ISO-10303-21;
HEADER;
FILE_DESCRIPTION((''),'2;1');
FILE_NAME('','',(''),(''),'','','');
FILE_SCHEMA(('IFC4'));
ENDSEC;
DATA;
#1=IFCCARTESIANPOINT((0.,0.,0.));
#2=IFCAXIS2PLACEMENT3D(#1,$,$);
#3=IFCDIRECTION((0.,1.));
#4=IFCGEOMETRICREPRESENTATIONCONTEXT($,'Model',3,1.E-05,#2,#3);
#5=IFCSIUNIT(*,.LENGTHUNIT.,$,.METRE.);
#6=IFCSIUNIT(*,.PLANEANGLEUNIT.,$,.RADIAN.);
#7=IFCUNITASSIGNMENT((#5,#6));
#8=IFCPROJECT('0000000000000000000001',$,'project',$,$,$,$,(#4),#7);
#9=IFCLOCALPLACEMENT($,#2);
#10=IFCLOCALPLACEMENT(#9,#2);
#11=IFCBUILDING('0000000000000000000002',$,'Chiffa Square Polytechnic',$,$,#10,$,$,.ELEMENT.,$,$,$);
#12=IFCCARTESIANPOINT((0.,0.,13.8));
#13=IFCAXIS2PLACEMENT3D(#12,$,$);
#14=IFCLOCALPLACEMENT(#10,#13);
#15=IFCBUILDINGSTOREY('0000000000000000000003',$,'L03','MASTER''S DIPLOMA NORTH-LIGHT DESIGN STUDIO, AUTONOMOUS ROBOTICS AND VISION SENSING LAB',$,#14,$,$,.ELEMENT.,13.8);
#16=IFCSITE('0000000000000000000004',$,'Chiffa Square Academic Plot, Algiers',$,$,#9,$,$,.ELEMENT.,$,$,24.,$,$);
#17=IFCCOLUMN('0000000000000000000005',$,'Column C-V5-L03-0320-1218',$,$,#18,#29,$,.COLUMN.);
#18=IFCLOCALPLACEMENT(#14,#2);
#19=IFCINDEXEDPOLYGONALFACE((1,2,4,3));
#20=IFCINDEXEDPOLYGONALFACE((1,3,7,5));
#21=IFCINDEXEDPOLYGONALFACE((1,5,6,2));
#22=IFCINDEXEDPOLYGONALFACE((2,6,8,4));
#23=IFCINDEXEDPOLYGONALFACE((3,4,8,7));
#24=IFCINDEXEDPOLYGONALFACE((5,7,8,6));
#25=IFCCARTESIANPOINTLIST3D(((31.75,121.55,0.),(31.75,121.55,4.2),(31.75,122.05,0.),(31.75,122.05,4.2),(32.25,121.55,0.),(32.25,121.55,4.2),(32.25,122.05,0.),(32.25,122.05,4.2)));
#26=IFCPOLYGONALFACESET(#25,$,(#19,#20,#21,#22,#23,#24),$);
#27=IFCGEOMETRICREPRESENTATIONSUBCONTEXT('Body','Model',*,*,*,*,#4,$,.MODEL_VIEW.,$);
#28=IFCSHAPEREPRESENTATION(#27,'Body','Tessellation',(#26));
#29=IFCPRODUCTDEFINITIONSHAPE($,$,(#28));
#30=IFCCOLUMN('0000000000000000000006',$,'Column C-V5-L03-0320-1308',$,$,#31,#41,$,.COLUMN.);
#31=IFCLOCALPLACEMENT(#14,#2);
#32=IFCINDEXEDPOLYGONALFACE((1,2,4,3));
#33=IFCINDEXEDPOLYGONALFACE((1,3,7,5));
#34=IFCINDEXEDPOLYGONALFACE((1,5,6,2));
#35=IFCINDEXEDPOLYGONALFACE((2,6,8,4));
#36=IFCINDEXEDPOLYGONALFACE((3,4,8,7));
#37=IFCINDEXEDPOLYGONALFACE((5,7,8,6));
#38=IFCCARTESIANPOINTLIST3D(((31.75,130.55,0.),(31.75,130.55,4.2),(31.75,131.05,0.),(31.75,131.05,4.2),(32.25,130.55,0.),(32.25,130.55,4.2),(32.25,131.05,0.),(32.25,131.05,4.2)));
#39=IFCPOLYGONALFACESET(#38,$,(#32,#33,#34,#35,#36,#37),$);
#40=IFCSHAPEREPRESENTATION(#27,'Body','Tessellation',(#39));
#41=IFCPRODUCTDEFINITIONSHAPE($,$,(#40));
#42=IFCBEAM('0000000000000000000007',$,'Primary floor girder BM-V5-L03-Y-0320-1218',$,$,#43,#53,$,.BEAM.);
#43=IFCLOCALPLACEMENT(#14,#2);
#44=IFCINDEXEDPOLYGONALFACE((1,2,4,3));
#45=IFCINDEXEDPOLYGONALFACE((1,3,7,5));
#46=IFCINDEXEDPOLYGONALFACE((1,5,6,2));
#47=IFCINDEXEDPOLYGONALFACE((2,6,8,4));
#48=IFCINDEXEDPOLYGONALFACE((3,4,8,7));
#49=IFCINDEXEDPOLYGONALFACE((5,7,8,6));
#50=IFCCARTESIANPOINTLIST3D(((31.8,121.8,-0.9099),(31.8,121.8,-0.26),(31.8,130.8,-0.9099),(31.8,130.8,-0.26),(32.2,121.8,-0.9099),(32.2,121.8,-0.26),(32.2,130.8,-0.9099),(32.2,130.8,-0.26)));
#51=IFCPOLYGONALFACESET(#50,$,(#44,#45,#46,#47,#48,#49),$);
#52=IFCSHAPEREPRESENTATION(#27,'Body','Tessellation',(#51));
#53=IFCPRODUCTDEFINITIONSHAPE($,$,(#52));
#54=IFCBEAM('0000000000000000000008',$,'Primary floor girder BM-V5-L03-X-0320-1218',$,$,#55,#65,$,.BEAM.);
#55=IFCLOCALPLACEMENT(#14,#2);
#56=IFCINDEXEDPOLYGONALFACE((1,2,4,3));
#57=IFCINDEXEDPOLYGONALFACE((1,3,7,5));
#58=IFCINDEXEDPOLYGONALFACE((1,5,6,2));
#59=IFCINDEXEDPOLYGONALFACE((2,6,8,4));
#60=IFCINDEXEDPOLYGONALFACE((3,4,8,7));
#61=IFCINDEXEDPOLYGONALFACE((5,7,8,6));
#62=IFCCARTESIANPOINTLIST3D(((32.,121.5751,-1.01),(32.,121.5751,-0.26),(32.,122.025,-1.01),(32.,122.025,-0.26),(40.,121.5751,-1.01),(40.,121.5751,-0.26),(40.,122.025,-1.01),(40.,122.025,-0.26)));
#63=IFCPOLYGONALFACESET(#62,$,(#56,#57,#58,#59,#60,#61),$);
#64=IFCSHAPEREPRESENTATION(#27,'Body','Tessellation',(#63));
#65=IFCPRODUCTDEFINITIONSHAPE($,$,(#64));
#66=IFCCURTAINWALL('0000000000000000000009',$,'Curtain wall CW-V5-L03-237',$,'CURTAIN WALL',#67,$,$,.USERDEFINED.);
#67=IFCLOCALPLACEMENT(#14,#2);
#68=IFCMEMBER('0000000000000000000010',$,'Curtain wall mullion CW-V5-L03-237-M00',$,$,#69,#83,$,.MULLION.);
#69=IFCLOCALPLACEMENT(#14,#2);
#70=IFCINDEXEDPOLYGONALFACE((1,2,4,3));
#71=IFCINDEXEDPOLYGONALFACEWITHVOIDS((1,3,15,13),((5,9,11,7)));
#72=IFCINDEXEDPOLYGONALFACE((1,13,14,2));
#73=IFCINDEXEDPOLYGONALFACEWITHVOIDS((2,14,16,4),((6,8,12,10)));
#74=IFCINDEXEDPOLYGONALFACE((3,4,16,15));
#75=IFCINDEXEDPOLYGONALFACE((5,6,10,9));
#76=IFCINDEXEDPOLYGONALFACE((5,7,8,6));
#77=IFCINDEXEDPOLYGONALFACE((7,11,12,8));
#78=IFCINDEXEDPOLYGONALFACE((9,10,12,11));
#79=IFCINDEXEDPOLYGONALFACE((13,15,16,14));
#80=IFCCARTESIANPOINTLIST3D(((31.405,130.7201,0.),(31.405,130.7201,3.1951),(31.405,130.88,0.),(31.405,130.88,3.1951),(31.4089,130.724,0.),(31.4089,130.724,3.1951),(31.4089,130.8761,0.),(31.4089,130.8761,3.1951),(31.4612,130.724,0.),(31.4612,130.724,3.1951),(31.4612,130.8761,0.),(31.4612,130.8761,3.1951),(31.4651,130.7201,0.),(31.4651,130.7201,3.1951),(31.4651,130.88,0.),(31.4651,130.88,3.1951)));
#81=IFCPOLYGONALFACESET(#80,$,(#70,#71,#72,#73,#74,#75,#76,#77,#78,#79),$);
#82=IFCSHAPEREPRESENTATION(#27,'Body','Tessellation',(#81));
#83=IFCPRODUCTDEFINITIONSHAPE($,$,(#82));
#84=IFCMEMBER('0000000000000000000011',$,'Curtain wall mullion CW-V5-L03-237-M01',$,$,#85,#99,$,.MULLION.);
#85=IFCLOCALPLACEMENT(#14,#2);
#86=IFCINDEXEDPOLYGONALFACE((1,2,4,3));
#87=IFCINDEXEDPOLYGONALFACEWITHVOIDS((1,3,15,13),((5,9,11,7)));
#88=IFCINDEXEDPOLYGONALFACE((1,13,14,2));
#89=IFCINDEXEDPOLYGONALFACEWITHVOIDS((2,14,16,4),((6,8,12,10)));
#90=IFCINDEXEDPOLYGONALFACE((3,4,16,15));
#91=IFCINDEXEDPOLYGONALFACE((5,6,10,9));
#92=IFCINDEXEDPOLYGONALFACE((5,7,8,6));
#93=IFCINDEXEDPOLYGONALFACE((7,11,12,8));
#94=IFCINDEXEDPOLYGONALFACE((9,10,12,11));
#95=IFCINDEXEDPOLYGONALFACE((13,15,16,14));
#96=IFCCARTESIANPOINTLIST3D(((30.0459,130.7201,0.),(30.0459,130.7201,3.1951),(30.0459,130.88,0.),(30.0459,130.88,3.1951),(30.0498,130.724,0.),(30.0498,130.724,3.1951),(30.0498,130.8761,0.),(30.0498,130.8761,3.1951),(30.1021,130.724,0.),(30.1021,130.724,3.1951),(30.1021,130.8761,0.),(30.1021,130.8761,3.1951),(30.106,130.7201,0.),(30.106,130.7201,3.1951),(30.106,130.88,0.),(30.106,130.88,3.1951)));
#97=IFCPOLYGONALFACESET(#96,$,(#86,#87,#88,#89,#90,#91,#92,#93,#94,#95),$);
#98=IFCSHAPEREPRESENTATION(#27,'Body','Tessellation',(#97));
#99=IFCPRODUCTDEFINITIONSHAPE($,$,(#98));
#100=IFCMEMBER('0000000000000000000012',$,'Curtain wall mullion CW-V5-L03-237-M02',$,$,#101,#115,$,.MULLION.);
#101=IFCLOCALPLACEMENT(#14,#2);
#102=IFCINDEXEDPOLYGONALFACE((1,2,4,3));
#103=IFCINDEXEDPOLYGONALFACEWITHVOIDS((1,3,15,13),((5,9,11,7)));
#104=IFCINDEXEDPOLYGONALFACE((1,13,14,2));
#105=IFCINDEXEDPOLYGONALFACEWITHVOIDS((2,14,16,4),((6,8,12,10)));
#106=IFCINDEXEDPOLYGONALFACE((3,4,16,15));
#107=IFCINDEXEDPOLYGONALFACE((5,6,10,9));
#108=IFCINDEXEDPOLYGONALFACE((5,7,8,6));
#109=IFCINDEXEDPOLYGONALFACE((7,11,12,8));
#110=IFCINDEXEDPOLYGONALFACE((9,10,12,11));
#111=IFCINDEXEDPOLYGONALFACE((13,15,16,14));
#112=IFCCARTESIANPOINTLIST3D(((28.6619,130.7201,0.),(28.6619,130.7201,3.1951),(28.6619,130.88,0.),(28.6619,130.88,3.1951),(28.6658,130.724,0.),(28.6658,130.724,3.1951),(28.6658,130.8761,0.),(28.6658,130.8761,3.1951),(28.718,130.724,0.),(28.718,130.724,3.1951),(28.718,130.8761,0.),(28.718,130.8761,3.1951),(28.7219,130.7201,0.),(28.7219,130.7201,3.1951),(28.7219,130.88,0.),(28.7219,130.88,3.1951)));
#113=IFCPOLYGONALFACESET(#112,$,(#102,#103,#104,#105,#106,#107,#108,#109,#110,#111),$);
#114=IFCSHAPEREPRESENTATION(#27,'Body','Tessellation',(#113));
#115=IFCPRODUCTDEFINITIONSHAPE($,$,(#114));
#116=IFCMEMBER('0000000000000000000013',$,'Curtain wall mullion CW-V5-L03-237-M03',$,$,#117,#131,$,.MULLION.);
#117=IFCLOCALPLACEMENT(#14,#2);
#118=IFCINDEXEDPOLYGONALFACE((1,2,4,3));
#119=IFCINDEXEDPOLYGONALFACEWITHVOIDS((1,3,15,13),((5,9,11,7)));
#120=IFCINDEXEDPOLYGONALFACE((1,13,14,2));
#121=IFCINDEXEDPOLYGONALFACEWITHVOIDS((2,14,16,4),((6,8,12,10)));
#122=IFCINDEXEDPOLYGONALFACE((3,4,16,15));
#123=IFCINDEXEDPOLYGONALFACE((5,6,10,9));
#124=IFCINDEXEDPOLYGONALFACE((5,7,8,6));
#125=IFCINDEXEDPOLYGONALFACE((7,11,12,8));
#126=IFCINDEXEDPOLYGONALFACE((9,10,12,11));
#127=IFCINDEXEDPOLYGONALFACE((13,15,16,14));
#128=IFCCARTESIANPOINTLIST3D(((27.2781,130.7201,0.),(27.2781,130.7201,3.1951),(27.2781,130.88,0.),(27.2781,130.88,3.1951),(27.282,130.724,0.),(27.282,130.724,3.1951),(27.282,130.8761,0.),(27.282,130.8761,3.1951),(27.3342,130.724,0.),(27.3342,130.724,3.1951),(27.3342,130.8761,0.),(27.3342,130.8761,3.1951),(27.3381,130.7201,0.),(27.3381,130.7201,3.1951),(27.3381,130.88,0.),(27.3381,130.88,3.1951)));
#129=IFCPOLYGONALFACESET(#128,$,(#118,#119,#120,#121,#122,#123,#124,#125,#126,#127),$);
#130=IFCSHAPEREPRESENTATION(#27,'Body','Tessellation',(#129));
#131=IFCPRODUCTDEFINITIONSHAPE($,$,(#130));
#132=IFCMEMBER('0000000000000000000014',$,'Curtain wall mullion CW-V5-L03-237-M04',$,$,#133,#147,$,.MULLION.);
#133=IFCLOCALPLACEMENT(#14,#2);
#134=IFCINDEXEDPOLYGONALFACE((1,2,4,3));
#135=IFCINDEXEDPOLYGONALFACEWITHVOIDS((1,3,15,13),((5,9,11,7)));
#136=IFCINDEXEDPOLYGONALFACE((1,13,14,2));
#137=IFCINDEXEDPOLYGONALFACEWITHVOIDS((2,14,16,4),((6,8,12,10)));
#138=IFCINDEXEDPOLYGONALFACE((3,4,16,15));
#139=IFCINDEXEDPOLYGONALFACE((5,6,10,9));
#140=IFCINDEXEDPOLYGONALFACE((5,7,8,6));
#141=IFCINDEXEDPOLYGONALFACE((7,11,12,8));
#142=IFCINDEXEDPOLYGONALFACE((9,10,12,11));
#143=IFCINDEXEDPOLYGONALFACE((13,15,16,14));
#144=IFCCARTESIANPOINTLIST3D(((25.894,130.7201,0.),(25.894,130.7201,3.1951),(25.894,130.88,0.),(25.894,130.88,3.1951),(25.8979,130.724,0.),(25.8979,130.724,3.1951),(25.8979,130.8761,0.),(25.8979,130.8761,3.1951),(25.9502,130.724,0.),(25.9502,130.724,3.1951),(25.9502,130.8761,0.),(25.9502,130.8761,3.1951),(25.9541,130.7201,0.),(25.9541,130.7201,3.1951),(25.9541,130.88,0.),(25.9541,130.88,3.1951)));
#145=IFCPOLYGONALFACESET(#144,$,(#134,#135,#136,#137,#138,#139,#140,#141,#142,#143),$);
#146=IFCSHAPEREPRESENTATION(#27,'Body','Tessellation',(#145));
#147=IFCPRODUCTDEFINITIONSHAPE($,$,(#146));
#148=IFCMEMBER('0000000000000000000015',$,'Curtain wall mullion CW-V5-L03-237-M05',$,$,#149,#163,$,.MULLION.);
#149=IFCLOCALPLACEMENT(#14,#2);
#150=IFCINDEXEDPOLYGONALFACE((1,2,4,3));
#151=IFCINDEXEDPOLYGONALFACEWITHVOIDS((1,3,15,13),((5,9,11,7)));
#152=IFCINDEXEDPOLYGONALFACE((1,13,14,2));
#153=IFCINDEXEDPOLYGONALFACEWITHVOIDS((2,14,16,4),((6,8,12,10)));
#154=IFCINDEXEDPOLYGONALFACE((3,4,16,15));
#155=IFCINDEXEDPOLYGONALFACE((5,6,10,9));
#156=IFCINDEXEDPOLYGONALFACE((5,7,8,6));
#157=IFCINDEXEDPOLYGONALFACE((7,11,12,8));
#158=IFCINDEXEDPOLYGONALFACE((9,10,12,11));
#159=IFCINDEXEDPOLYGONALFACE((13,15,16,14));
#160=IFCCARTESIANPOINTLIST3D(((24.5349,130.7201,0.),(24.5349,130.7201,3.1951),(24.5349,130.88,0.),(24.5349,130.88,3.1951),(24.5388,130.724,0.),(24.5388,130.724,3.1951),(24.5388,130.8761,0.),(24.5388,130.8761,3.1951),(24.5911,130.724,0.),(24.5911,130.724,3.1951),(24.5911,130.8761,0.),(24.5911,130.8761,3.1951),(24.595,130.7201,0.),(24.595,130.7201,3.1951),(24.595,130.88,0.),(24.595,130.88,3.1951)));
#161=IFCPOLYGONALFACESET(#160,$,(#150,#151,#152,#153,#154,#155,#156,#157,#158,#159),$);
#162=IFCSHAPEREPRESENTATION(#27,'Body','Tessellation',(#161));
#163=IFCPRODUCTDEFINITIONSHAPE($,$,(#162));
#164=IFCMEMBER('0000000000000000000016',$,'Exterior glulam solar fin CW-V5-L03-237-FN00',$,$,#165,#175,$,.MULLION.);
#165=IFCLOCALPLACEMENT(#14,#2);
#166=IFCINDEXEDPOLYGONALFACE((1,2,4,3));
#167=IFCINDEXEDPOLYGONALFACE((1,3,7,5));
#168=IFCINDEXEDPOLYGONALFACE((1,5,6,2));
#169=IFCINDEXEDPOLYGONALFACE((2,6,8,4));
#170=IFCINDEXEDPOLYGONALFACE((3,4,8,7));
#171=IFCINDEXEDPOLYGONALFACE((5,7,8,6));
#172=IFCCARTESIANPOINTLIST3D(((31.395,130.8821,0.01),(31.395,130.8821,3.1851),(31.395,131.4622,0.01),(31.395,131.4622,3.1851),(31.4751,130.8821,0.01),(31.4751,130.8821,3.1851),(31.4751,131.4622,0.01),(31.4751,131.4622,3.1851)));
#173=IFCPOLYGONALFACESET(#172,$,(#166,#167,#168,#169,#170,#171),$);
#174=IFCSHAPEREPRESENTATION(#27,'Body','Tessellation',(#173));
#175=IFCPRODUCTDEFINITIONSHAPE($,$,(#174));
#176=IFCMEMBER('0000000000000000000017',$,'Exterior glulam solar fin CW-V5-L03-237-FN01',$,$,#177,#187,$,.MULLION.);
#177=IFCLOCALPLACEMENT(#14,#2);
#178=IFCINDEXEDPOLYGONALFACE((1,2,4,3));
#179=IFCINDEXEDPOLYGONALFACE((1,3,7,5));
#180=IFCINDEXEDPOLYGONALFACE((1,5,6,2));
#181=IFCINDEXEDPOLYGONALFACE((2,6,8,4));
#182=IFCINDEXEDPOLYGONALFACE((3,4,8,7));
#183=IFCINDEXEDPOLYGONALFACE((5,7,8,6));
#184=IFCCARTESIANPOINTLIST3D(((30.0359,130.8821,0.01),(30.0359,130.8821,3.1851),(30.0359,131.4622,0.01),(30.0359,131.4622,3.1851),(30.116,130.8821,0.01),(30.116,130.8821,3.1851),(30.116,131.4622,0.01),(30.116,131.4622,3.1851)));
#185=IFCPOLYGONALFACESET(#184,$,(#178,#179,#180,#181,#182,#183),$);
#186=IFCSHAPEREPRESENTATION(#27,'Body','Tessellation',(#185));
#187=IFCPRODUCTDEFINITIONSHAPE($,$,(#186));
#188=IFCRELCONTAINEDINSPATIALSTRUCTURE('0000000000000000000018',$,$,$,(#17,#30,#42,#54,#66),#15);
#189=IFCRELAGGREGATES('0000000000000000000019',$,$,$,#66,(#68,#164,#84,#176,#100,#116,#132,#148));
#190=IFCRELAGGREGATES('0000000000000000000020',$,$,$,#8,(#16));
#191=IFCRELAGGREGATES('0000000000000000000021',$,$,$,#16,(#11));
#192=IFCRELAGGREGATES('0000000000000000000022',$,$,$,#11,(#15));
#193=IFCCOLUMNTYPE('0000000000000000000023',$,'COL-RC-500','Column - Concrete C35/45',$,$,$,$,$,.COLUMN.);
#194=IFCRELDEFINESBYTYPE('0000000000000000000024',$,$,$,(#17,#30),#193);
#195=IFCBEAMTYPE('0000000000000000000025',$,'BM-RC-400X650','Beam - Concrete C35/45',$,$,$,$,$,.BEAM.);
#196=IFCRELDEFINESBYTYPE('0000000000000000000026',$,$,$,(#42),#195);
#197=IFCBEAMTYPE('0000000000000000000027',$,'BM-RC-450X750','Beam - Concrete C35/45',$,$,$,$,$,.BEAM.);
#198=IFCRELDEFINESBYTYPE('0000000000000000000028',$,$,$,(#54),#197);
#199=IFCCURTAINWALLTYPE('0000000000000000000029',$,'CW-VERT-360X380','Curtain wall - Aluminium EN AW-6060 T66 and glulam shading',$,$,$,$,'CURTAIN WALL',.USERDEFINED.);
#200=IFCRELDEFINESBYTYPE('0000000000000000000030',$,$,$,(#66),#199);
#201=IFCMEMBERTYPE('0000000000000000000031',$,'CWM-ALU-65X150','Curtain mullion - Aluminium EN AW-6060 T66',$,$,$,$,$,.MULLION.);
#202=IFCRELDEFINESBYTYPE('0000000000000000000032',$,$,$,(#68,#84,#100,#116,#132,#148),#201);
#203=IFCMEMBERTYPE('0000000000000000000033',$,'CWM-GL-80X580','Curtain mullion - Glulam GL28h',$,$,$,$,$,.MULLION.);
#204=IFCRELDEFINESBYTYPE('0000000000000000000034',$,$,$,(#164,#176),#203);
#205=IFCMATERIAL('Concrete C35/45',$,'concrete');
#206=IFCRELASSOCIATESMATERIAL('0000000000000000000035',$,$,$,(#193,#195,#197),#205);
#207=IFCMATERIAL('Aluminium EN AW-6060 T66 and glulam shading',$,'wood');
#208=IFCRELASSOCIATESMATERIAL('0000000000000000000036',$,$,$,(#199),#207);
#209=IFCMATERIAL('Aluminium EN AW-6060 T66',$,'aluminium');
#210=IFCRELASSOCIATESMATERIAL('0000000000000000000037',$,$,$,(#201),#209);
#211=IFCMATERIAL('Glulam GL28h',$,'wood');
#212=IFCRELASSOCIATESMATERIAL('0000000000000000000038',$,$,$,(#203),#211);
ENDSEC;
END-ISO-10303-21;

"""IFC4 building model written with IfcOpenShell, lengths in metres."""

from ifc_helpers import new_model, si_unit, direction, frame, origin, origin_2d, place, context, subcontext, project, spatial, rectangle, hollow_rectangle, extrude, material, material_profile, profile_set, type_object, element, aggregate, save


model = new_model("IFC4")

# Units and contexts
model_context = context("Model", 3, precision=1e-05, world=origin(), true_north=direction((0.0, 1.0)))
body_context = subcontext(model_context, "Body", "Model", "MODEL_VIEW")
ifc_project = project(units=[si_unit("LENGTHUNIT", "METRE"), si_unit("PLANEANGLEUNIT", "RADIAN")], contexts=[model_context])

# Site, building, storey
site_placement = place(None, origin())
site = spatial("IfcSite", under=ifc_project, at=site_placement, Name="Chiffa Square Academic Plot, Algiers", CompositionType="ELEMENT", RefElevation=24.0)
building_placement = place(site_placement, origin())
building = spatial("IfcBuilding", under=site, at=building_placement, Name="Chiffa Square Polytechnic", CompositionType="ELEMENT")
storey_placement = place(building_placement, frame((0.0, 0.0, 13.8)))
storey = spatial("IfcBuildingStorey", under=building, at=storey_placement, Name="L03", Description="MASTER'S DIPLOMA NORTH-LIGHT DESIGN STUDIO, AUTONOMOUS ROBOTICS AND VISION SENSING LAB", CompositionType="ELEMENT", Elevation=13.8)

# Columns
ifc_material_1 = material(Name="Concrete C35/45", Category="concrete")
ifc_material_profile_1 = material_profile(ifc_material_1, rectangle(XDim=0.5, YDim=0.5, at=origin_2d()), Name="RC 500x500")
ifc_profile_set_1 = profile_set([ifc_material_profile_1], Name="Concrete C35/45")
column_type = type_object("IfcColumnType", Name="COL-RC-500", Description="Column - Concrete C35/45", PredefinedType="COLUMN", material=ifc_profile_set_1)
for number, where, z_axis, x_axis, name in (
    (1, (32.0, 121.8, 0.0), (0.0, 0.0, 1.0), (1.0, 0.0, 0.0), "Column C-V5-L03-0320-1218"),
    (2, (32.0, 130.8, 0.0), (0.0, 0.0, 1.0), (1.0, 0.0, 0.0), "Column C-V5-L03-0320-1308"),
):
    element("IfcColumn", number, at=place(storey_placement, frame(where, z_axis=z_axis, x_axis=x_axis)), inside=storey, type_object=column_type, Name=name, PredefinedType="COLUMN", context=body_context, shape_type="SweptSolid", body=[
        extrude(rectangle(XDim=0.5, YDim=0.5, at=origin_2d()), origin(), (0.0, 0.0, 1.0), 4.2),
    ])

# Beams
ifc_material_profile_2 = material_profile(ifc_material_1, rectangle(XDim=0.3999, YDim=0.6499, at=origin_2d()), Name="RC 400x650")
ifc_profile_set_2 = profile_set([ifc_material_profile_2], Name="Concrete C35/45")
beam_type_1 = type_object("IfcBeamType", Name="BM-RC-400X650", Description="Beam - Concrete C35/45", PredefinedType="BEAM", material=ifc_profile_set_2)
beam_1_placement = place(storey_placement, frame((32.0, 121.8, -0.585), z_axis=(0.0, 1.0, 0.0), x_axis=(-1.0, 0.0, 0.0)))
element("IfcBeam", 3, at=beam_1_placement, inside=storey, type_object=beam_type_1, Name="Primary floor girder BM-V5-L03-Y-0320-1218", PredefinedType="BEAM", context=body_context, shape_type="SweptSolid", body=[
    extrude(rectangle(XDim=0.3999, YDim=0.6499, at=origin_2d()), origin(), (0.0, 0.0, 1.0), 9.0),
])
ifc_material_profile_3 = material_profile(ifc_material_1, rectangle(XDim=0.45, YDim=0.75, at=origin_2d()), Name="RC 450x750")
ifc_profile_set_3 = profile_set([ifc_material_profile_3], Name="Concrete C35/45")
beam_type_2 = type_object("IfcBeamType", Name="BM-RC-450X750", Description="Beam - Concrete C35/45", PredefinedType="BEAM", material=ifc_profile_set_3)
beam_2_placement = place(storey_placement, frame((32.0, 121.8, -0.635), z_axis=(1.0, 0.0, 0.0), x_axis=(0.0, 1.0, 0.0)))
element("IfcBeam", 4, at=beam_2_placement, inside=storey, type_object=beam_type_2, Name="Primary floor girder BM-V5-L03-X-0320-1218", PredefinedType="BEAM", context=body_context, shape_type="SweptSolid", body=[
    extrude(rectangle(XDim=0.45, YDim=0.75, at=origin_2d()), origin(), (0.0, 0.0, 1.0), 8.0),
])

# Curtain wall, members
ifc_material_2 = material(Name="Aluminium EN AW-6060 T66 and glulam shading", Category="wood")
curtain_wall_type = type_object("IfcCurtainWallType", Name="CW-VERT-360X380", Description="Curtain wall - Aluminium EN AW-6060 T66 and glulam shading", ElementType="CURTAIN WALL", PredefinedType="USERDEFINED", material=ifc_material_2)
curtain_wall_placement = place(storey_placement, origin())
curtain_wall = element("IfcCurtainWall", 5, at=curtain_wall_placement, inside=storey, type_object=curtain_wall_type, Name="Curtain wall CW-V5-L03-237", ObjectType="CURTAIN WALL", PredefinedType="USERDEFINED")
ifc_material_3 = material(Name="Aluminium EN AW-6060 T66", Category="aluminium")
ifc_material_profile_4 = material_profile(ifc_material_3, hollow_rectangle(XDim=0.0601, YDim=0.1599, WallThickness=0.0039, at=origin_2d()), Name="ALU 60x160x4")
ifc_profile_set_4 = profile_set([ifc_material_profile_4], Name="Aluminium EN AW-6060 T66")
member_type_1 = type_object("IfcMemberType", Name="CWM-ALU-65X150", Description="Curtain mullion - Aluminium EN AW-6060 T66", PredefinedType="MULLION", material=ifc_profile_set_4)
member_1_placement = place(storey_placement, frame((31.4351, 130.8, 0.0), z_axis=(0.0, 0.0, 1.0), x_axis=(1.0, 0.0, 0.0)))
member_1 = element("IfcMember", 6, at=member_1_placement, type_object=member_type_1, Name="Curtain wall mullion CW-V5-L03-237-M00", PredefinedType="MULLION", context=body_context, shape_type="SweptSolid", body=[
    extrude(hollow_rectangle(XDim=0.0601, YDim=0.1599, WallThickness=0.0039, at=origin_2d()), origin(), (0.0, 0.0, 1.0), 3.1951),
])
member_2_placement = place(storey_placement, frame((30.0759, 130.8, 0.0), z_axis=(0.0, 0.0, 1.0), x_axis=(1.0, 0.0, 0.0)))
member_2 = element("IfcMember", 7, at=member_2_placement, type_object=member_type_1, Name="Curtain wall mullion CW-V5-L03-237-M01", PredefinedType="MULLION", context=body_context, shape_type="SweptSolid", body=[
    extrude(hollow_rectangle(XDim=0.0601, YDim=0.1599, WallThickness=0.0039, at=origin_2d()), origin(), (0.0, 0.0, 1.0), 3.1951),
])
member_3_placement = place(storey_placement, frame((28.6919, 130.8, 0.0), z_axis=(0.0, 0.0, 1.0), x_axis=(1.0, 0.0, 0.0)))
member_3 = element("IfcMember", 8, at=member_3_placement, type_object=member_type_1, Name="Curtain wall mullion CW-V5-L03-237-M02", PredefinedType="MULLION", context=body_context, shape_type="SweptSolid", body=[
    extrude(hollow_rectangle(XDim=0.0601, YDim=0.1599, WallThickness=0.0039, at=origin_2d()), origin(), (0.0, 0.0, 1.0), 3.1951),
])
member_4_placement = place(storey_placement, frame((27.3081, 130.8, 0.0), z_axis=(0.0, 0.0, 1.0), x_axis=(1.0, 0.0, 0.0)))
member_4 = element("IfcMember", 9, at=member_4_placement, type_object=member_type_1, Name="Curtain wall mullion CW-V5-L03-237-M03", PredefinedType="MULLION", context=body_context, shape_type="SweptSolid", body=[
    extrude(hollow_rectangle(XDim=0.0601, YDim=0.1599, WallThickness=0.0039, at=origin_2d()), origin(), (0.0, 0.0, 1.0), 3.1951),
])
member_5_placement = place(storey_placement, frame((25.9241, 130.8, 0.0), z_axis=(0.0, 0.0, 1.0), x_axis=(1.0, 0.0, 0.0)))
member_5 = element("IfcMember", 10, at=member_5_placement, type_object=member_type_1, Name="Curtain wall mullion CW-V5-L03-237-M04", PredefinedType="MULLION", context=body_context, shape_type="SweptSolid", body=[
    extrude(hollow_rectangle(XDim=0.0601, YDim=0.1599, WallThickness=0.0039, at=origin_2d()), origin(), (0.0, 0.0, 1.0), 3.1951),
])
member_6_placement = place(storey_placement, frame((24.5649, 130.8, 0.0), z_axis=(0.0, 0.0, 1.0), x_axis=(1.0, 0.0, 0.0)))
member_6 = element("IfcMember", 11, at=member_6_placement, type_object=member_type_1, Name="Curtain wall mullion CW-V5-L03-237-M05", PredefinedType="MULLION", context=body_context, shape_type="SweptSolid", body=[
    extrude(hollow_rectangle(XDim=0.0601, YDim=0.1599, WallThickness=0.0039, at=origin_2d()), origin(), (0.0, 0.0, 1.0), 3.1951),
])
ifc_material_4 = material(Name="Glulam GL28h", Category="wood")
ifc_material_profile_5 = material_profile(ifc_material_4, rectangle(XDim=0.0801, YDim=0.5801, at=origin_2d()), Name="GL28h 80x580")
ifc_profile_set_5 = profile_set([ifc_material_profile_5], Name="Glulam GL28h")
member_type_2 = type_object("IfcMemberType", Name="CWM-GL-80X580", Description="Curtain mullion - Glulam GL28h", PredefinedType="MULLION", material=ifc_profile_set_5)
member_7_placement = place(storey_placement, frame((31.4351, 131.1721, 0.01), z_axis=(0.0, 0.0, 1.0), x_axis=(-1.0, 0.0, 0.0)))
member_7 = element("IfcMember", 12, at=member_7_placement, type_object=member_type_2, Name="Exterior glulam solar fin CW-V5-L03-237-FN00", PredefinedType="MULLION", context=body_context, shape_type="SweptSolid", body=[
    extrude(rectangle(XDim=0.0801, YDim=0.5801, at=origin_2d()), origin(), (0.0, 0.0, 1.0), 3.175),
])
member_8_placement = place(storey_placement, frame((30.0759, 131.1721, 0.01), z_axis=(0.0, 0.0, 1.0), x_axis=(-1.0, 0.0, 0.0)))
member_8 = element("IfcMember", 13, at=member_8_placement, type_object=member_type_2, Name="Exterior glulam solar fin CW-V5-L03-237-FN01", PredefinedType="MULLION", context=body_context, shape_type="SweptSolid", body=[
    extrude(rectangle(XDim=0.0801, YDim=0.5801, at=origin_2d()), origin(), (0.0, 0.0, 1.0), 3.175),
])

aggregate(curtain_wall, [member_1, member_7, member_2, member_8, member_3, member_4, member_5, member_6])

save(model, "model.ifc")
